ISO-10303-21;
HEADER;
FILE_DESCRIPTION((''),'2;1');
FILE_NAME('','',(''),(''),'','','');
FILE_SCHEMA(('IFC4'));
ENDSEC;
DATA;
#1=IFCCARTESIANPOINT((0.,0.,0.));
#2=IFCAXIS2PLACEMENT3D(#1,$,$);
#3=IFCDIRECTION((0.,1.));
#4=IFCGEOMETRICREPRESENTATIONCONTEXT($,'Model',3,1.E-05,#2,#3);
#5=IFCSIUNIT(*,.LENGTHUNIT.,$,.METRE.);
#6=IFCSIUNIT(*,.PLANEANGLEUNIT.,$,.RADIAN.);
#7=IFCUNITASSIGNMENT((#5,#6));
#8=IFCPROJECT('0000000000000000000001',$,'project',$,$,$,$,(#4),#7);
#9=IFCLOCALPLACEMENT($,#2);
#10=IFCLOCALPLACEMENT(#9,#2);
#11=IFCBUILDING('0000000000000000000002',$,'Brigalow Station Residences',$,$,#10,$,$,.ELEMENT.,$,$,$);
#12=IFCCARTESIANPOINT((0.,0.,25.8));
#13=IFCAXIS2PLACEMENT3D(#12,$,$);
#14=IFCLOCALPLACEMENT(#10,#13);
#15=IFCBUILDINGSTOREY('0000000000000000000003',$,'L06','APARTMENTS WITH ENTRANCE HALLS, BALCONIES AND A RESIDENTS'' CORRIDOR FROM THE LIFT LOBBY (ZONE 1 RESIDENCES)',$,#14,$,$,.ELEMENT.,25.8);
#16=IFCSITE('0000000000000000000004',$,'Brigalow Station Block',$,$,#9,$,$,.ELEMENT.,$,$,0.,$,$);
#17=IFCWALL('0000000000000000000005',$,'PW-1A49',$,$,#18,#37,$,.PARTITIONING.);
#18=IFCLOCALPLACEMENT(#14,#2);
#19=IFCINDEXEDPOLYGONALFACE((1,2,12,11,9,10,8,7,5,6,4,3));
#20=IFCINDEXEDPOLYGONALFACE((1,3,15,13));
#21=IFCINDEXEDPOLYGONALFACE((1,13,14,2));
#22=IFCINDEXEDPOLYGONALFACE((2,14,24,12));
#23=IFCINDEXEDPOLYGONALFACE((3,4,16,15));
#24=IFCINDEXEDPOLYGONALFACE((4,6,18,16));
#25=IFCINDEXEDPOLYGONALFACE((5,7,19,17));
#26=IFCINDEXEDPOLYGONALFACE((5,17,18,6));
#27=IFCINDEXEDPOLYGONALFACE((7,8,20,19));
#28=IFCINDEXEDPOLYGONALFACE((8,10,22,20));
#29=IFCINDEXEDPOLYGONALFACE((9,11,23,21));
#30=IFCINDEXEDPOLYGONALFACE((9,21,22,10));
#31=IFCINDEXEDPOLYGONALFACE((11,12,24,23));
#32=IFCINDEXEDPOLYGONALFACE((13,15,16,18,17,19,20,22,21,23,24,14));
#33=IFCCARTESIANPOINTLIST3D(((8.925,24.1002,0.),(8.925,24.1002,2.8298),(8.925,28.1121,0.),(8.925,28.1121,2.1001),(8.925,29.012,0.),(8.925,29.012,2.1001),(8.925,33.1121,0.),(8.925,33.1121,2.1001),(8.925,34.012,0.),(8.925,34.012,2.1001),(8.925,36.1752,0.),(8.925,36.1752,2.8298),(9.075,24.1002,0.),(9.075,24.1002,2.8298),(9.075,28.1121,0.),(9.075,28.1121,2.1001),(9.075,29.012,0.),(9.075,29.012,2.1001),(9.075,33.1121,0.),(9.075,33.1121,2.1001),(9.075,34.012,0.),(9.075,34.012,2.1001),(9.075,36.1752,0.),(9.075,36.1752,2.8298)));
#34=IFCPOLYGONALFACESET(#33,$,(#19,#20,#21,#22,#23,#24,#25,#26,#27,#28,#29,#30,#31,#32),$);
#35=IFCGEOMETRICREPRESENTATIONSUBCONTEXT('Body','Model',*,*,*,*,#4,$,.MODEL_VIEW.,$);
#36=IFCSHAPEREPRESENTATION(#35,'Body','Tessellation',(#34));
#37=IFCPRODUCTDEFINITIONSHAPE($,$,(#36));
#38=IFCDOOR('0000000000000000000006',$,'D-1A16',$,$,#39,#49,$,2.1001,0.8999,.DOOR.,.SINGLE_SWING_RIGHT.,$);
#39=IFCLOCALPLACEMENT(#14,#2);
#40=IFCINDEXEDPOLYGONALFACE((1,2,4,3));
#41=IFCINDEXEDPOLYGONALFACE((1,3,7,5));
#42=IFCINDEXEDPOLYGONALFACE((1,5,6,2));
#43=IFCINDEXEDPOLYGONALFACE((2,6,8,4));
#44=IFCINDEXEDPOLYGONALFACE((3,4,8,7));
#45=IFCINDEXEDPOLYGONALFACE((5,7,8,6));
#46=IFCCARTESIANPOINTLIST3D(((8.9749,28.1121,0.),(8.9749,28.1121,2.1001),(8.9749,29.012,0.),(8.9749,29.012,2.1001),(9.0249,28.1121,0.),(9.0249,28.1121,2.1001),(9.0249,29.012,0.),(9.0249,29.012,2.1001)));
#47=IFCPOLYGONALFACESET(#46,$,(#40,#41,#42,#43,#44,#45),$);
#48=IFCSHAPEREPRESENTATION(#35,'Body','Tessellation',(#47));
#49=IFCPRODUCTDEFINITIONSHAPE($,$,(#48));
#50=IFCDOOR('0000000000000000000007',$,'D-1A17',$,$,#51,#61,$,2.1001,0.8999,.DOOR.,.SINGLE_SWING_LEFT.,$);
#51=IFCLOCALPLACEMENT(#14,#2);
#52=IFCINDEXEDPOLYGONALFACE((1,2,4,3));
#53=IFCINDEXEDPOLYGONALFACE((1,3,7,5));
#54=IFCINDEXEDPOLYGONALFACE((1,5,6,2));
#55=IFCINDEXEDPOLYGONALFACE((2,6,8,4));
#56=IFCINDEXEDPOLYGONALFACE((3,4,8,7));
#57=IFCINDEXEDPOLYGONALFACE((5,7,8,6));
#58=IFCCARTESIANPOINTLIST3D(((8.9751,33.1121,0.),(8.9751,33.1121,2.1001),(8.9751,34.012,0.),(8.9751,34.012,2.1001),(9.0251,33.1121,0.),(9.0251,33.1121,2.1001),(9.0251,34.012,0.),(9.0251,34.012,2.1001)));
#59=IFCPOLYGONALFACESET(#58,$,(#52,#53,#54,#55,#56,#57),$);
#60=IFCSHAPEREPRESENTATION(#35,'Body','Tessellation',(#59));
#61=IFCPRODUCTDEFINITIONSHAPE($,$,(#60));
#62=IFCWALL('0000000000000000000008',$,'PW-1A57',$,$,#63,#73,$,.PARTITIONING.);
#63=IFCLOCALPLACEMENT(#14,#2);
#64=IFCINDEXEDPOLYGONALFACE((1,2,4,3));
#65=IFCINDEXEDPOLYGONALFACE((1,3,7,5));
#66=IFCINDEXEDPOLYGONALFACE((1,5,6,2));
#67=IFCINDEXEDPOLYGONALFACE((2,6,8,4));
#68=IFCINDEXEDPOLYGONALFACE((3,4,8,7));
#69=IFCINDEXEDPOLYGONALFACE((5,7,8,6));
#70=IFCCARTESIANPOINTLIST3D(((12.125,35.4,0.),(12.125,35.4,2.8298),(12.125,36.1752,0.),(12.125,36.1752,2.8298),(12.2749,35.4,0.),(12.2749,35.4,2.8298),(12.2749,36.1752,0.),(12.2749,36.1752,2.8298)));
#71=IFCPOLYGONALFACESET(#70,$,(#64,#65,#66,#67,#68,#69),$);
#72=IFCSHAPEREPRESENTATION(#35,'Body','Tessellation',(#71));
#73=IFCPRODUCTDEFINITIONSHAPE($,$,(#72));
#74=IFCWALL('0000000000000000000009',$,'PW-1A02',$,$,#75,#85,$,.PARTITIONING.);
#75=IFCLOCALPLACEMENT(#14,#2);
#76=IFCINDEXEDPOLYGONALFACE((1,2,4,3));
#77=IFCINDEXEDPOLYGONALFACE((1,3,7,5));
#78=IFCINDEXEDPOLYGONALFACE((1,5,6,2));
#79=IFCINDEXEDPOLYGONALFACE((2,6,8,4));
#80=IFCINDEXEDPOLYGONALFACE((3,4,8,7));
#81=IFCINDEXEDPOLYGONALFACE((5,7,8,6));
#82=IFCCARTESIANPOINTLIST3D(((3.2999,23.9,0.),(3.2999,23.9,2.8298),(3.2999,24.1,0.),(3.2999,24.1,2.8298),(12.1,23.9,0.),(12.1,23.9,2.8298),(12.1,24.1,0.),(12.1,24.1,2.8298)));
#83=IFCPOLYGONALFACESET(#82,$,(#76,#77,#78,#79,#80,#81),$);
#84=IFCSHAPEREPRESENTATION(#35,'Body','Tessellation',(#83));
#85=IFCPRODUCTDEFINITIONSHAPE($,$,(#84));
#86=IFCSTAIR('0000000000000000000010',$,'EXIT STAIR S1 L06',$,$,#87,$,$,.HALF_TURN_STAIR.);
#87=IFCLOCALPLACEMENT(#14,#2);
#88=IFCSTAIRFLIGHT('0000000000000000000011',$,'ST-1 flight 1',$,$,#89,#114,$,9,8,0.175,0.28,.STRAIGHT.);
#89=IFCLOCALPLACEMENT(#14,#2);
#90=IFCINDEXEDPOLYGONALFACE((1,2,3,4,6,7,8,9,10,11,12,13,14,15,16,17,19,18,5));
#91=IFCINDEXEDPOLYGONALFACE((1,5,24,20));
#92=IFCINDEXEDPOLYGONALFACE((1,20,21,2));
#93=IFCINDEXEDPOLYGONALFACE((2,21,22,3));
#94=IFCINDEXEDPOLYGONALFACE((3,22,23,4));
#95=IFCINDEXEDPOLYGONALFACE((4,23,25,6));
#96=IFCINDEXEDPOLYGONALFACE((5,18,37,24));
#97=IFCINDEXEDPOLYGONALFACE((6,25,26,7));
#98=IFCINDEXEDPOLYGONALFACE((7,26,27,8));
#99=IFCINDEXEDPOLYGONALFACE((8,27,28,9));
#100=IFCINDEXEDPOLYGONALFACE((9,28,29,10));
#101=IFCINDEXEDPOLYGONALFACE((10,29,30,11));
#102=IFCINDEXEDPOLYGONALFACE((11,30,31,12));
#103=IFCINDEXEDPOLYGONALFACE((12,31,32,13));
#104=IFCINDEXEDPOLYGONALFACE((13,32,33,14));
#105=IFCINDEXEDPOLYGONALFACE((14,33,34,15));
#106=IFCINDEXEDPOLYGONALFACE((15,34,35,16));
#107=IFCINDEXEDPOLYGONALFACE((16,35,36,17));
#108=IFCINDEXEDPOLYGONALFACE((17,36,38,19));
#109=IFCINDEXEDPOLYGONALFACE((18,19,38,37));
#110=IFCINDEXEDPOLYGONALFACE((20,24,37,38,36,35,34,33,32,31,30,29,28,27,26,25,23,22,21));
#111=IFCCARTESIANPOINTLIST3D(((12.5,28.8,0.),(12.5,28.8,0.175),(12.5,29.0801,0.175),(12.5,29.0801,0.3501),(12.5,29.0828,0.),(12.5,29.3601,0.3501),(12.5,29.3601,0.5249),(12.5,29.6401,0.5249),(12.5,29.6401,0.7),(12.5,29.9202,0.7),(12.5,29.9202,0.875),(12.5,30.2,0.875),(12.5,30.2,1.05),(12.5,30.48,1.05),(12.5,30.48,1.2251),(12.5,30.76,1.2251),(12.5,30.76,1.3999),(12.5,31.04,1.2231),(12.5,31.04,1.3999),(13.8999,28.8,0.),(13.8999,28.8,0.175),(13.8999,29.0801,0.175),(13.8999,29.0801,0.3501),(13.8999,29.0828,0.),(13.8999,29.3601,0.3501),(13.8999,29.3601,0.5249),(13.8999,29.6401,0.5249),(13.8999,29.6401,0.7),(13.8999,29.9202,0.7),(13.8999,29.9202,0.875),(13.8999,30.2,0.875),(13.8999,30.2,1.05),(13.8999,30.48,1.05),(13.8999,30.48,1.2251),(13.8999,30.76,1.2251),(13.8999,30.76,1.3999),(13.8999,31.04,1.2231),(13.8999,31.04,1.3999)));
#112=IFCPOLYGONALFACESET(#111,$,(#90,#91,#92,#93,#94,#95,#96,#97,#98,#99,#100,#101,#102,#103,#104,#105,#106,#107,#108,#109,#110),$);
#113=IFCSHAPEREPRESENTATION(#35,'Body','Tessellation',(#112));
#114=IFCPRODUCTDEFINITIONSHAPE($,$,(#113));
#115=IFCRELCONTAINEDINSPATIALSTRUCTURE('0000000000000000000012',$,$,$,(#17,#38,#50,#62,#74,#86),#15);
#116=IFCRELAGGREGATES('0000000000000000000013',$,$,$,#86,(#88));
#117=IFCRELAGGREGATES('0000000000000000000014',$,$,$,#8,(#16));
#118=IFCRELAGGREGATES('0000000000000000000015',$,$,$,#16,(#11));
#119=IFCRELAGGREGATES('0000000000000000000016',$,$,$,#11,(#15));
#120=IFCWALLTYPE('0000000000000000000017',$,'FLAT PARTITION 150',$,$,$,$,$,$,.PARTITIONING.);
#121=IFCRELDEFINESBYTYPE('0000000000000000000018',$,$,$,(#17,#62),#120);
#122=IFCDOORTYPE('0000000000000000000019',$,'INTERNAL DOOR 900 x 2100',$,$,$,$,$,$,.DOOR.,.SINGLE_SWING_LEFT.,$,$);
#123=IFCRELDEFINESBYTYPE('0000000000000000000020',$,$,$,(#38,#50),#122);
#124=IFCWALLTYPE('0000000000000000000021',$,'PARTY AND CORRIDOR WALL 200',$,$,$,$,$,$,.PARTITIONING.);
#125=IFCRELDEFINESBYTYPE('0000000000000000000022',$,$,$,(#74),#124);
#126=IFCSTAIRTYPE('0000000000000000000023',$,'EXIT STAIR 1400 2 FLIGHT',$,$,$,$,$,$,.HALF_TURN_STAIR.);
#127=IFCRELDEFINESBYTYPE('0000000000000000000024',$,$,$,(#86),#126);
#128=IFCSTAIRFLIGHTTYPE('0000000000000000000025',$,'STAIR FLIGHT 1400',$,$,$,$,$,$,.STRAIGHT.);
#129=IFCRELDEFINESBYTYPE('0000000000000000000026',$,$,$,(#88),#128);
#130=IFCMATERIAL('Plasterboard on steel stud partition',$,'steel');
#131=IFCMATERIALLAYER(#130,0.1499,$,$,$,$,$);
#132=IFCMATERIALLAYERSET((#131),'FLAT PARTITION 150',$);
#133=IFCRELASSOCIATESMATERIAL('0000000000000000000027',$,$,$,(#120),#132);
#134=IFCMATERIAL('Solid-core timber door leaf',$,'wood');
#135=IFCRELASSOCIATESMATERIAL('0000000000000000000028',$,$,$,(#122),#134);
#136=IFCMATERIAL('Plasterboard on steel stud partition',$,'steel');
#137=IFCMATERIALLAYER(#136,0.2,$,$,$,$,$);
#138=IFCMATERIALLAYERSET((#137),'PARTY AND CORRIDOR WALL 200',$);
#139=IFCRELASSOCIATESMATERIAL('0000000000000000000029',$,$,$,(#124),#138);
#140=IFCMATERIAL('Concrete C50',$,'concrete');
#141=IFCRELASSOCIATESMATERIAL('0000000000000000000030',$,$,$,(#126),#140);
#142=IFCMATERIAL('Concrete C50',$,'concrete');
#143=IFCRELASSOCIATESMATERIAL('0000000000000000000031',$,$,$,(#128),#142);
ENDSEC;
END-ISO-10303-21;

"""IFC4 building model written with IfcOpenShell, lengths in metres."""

from ifc_helpers import new_model, si_unit, direction, frame, frame_2d, origin, place, context, subcontext, project, spatial, polyline, rectangle, outline, extrude, material, layer, layer_set, type_object, element, fill, aggregate, save


model = new_model("IFC4")

# Units and contexts
model_context = context("Model", 3, precision=1e-05, world=origin(), true_north=direction((0.0, 1.0)))
body_context = subcontext(model_context, "Body", "Model", "MODEL_VIEW")
ifc_project = project(units=[si_unit("LENGTHUNIT", "METRE"), si_unit("PLANEANGLEUNIT", "RADIAN")], contexts=[model_context])

# Site, building, storey
site_placement = place(None, origin())
site = spatial("IfcSite", under=ifc_project, at=site_placement, Name="Brigalow Station Block", CompositionType="ELEMENT", RefElevation=0.0)
building_placement = place(site_placement, origin())
building = spatial("IfcBuilding", under=site, at=building_placement, Name="Brigalow Station Residences", CompositionType="ELEMENT")
storey_placement = place(building_placement, frame((0.0, 0.0, 25.8)))
storey = spatial("IfcBuildingStorey", under=building, at=storey_placement, Name="L06", Description="APARTMENTS WITH ENTRANCE HALLS, BALCONIES AND A RESIDENTS' CORRIDOR FROM THE LIFT LOBBY (ZONE 1 RESIDENCES)", CompositionType="ELEMENT", Elevation=25.8)

# Shared definitions
ifc_material_1 = material(Name="Plasterboard on steel stud partition", Category="steel")
ifc_layer_1 = layer(ifc_material_1, 0.1499)
ifc_layer_set_1 = layer_set([ifc_layer_1], Name="FLAT PARTITION 150")
wall_type_1 = type_object("IfcWallType", Name="FLAT PARTITION 150", PredefinedType="PARTITIONING", material=ifc_layer_set_1)

# Wall, openings, doors
wall_1_placement = place(storey_placement, frame((9.0, 24.1001, 0.0), z_axis=(0.0, 0.0, 1.0), x_axis=(0.0, 1.0, 0.0)))
wall_1 = element("IfcWall", 1, at=wall_1_placement, inside=storey, type_object=wall_type_1, Name="PW-1A49", PredefinedType="PARTITIONING", context=body_context, shape_type="SweptSolid", body=[
    extrude(rectangle(XDim=12.075, YDim=0.1499, at=frame_2d((6.0376, 0.0))), origin(), (0.0, 0.0, 1.0), 2.8298),
])
opening_1_placement = place(wall_1_placement, frame((4.012, 0.0, 0.0)))
opening_1 = element("IfcOpeningElement", 2, at=opening_1_placement, cuts=wall_1, PredefinedType="OPENING", context=body_context, shape_type="SweptSolid", body=[
    extrude(rectangle(XDim=0.8999, YDim=2.1001, at=frame_2d((0.45, 1.05))), frame((0.0, 0.085, 0.0), z_axis=(0.0, -1.0, 0.0), x_axis=(1.0, 0.0, 0.0)), (0.0, 0.0, 1.0), 0.1699),
])
opening_2_placement = place(wall_1_placement, frame((9.012, 0.0, 0.0)))
opening_2 = element("IfcOpeningElement", 3, at=opening_2_placement, cuts=wall_1, PredefinedType="OPENING", context=body_context, shape_type="SweptSolid", body=[
    extrude(rectangle(XDim=0.8999, YDim=2.1001, at=frame_2d((0.45, 1.05))), frame((0.0, 0.085, 0.0), z_axis=(0.0, -1.0, 0.0), x_axis=(1.0, 0.0, 0.0)), (0.0, 0.0, 1.0), 0.1699),
])
ifc_material_2 = material(Name="Solid-core timber door leaf", Category="wood")
door_type_1 = type_object("IfcDoorType", Name="INTERNAL DOOR 900 x 2100", OperationType="SINGLE_SWING_LEFT", PredefinedType="DOOR", material=ifc_material_2)
door_1_placement = place(opening_1_placement, frame((0.8999, 0.0, 0.0), z_axis=(0.0, 0.0, 1.0), x_axis=(-1.0, 0.0, 0.0)))
door_1 = element("IfcDoor", 4, at=door_1_placement, inside=storey, type_object=door_type_1, Name="D-1A16", OperationType="SINGLE_SWING_RIGHT", OverallHeight=2.1001, OverallWidth=0.8999, PredefinedType="DOOR", context=body_context, shape_type="SweptSolid", body=[
    extrude(rectangle(XDim=0.8999, YDim=2.1001, at=frame_2d((0.45, 1.05))), frame((0.0, 0.0249, 0.0), z_axis=(0.0, -1.0, 0.0), x_axis=(1.0, 0.0, 0.0)), (0.0, 0.0, 1.0), 0.05),
])
fill(opening_1, door_1)
door_2_placement = place(opening_2_placement, origin())
door_2 = element("IfcDoor", 5, at=door_2_placement, inside=storey, type_object=door_type_1, Name="D-1A17", OperationType="SINGLE_SWING_LEFT", OverallHeight=2.1001, OverallWidth=0.8999, PredefinedType="DOOR", context=body_context, shape_type="SweptSolid", body=[
    extrude(rectangle(XDim=0.8999, YDim=2.1001, at=frame_2d((0.45, 1.05))), frame((0.0, 0.0249, 0.0), z_axis=(0.0, -1.0, 0.0), x_axis=(1.0, 0.0, 0.0)), (0.0, 0.0, 1.0), 0.05),
])
fill(opening_2, door_2)

# Walls
wall_2_placement = place(storey_placement, frame((12.2, 35.3999, 0.0), z_axis=(0.0, 0.0, 1.0), x_axis=(0.0, 1.0, 0.0)))
element("IfcWall", 6, at=wall_2_placement, inside=storey, type_object=wall_type_1, Name="PW-1A57", PredefinedType="PARTITIONING", context=body_context, shape_type="SweptSolid", body=[
    extrude(rectangle(XDim=0.7751, YDim=0.1499, at=frame_2d((0.3877, 0.0))), origin(), (0.0, 0.0, 1.0), 2.8298),
])
ifc_material_3 = material(Name="Plasterboard on steel stud partition", Category="steel")
ifc_layer_2 = layer(ifc_material_3, 0.2)
ifc_layer_set_2 = layer_set([ifc_layer_2], Name="PARTY AND CORRIDOR WALL 200")
wall_type_2 = type_object("IfcWallType", Name="PARTY AND CORRIDOR WALL 200", PredefinedType="PARTITIONING", material=ifc_layer_set_2)
wall_3_placement = place(storey_placement, frame((3.3, 24.0, 0.0), z_axis=(0.0, 0.0, 1.0), x_axis=(1.0, 0.0, 0.0)))
element("IfcWall", 7, at=wall_3_placement, inside=storey, type_object=wall_type_2, Name="PW-1A02", PredefinedType="PARTITIONING", context=body_context, shape_type="SweptSolid", body=[
    extrude(rectangle(XDim=8.8, YDim=0.2, at=frame_2d((4.3999, 0.0))), origin(), (0.0, 0.0, 1.0), 2.8298),
])

# Stair, stair flight
ifc_material_4 = material(Name="Concrete C50", Category="concrete")
stair_type = type_object("IfcStairType", Name="EXIT STAIR 1400 2 FLIGHT", PredefinedType="HALF_TURN_STAIR", material=ifc_material_4)
stair_placement = place(storey_placement, origin())
stair = element("IfcStair", 8, at=stair_placement, inside=storey, type_object=stair_type, Name="EXIT STAIR S1 L06", PredefinedType="HALF_TURN_STAIR")
ifc_material_5 = material(Name="Concrete C50", Category="concrete")
stair_flight_type = type_object("IfcStairFlightType", Name="STAIR FLIGHT 1400", PredefinedType="STRAIGHT", material=ifc_material_5)
stair_flight_placement = place(storey_placement, frame((13.2, 28.8, 0.0), z_axis=(0.0, 0.0, 1.0), x_axis=(0.0, 1.0, 0.0)))
stair_flight = element("IfcStairFlight", 9, at=stair_flight_placement, type_object=stair_flight_type, Name="ST-1 flight 1", NumberOfRisers=9, NumberOfTreads=8, PredefinedType="STRAIGHT", RiserHeight=0.175, TreadLength=0.28, context=body_context, shape_type="SweptSolid", body=[
    extrude(outline(polyline([(0.0, 0.0), (0.0, 0.175), (0.28, 0.175), (0.28, 0.3501), (0.5601, 0.3501), (0.5601, 0.5249), (0.8401, 0.5249), (0.8401, 0.7), (1.1201, 0.7), (1.1201, 0.875), (1.3999, 0.875), (1.3999, 1.05), (1.6799, 1.05), (1.6799, 1.2251), (1.96, 1.2251), (1.96, 1.3999), (2.24, 1.3999), (2.24, 1.575), (2.24, 1.2231), (0.2827, 0.0), (0.0, 0.0)])), frame((0.0, 0.7, 0.0), z_axis=(0.0, -1.0, 0.0), x_axis=(1.0, 0.0, 0.0)), (0.0, 0.0, 1.0), 1.3999),
])
aggregate(stair, [stair_flight])

save(model, "model.ifc")
